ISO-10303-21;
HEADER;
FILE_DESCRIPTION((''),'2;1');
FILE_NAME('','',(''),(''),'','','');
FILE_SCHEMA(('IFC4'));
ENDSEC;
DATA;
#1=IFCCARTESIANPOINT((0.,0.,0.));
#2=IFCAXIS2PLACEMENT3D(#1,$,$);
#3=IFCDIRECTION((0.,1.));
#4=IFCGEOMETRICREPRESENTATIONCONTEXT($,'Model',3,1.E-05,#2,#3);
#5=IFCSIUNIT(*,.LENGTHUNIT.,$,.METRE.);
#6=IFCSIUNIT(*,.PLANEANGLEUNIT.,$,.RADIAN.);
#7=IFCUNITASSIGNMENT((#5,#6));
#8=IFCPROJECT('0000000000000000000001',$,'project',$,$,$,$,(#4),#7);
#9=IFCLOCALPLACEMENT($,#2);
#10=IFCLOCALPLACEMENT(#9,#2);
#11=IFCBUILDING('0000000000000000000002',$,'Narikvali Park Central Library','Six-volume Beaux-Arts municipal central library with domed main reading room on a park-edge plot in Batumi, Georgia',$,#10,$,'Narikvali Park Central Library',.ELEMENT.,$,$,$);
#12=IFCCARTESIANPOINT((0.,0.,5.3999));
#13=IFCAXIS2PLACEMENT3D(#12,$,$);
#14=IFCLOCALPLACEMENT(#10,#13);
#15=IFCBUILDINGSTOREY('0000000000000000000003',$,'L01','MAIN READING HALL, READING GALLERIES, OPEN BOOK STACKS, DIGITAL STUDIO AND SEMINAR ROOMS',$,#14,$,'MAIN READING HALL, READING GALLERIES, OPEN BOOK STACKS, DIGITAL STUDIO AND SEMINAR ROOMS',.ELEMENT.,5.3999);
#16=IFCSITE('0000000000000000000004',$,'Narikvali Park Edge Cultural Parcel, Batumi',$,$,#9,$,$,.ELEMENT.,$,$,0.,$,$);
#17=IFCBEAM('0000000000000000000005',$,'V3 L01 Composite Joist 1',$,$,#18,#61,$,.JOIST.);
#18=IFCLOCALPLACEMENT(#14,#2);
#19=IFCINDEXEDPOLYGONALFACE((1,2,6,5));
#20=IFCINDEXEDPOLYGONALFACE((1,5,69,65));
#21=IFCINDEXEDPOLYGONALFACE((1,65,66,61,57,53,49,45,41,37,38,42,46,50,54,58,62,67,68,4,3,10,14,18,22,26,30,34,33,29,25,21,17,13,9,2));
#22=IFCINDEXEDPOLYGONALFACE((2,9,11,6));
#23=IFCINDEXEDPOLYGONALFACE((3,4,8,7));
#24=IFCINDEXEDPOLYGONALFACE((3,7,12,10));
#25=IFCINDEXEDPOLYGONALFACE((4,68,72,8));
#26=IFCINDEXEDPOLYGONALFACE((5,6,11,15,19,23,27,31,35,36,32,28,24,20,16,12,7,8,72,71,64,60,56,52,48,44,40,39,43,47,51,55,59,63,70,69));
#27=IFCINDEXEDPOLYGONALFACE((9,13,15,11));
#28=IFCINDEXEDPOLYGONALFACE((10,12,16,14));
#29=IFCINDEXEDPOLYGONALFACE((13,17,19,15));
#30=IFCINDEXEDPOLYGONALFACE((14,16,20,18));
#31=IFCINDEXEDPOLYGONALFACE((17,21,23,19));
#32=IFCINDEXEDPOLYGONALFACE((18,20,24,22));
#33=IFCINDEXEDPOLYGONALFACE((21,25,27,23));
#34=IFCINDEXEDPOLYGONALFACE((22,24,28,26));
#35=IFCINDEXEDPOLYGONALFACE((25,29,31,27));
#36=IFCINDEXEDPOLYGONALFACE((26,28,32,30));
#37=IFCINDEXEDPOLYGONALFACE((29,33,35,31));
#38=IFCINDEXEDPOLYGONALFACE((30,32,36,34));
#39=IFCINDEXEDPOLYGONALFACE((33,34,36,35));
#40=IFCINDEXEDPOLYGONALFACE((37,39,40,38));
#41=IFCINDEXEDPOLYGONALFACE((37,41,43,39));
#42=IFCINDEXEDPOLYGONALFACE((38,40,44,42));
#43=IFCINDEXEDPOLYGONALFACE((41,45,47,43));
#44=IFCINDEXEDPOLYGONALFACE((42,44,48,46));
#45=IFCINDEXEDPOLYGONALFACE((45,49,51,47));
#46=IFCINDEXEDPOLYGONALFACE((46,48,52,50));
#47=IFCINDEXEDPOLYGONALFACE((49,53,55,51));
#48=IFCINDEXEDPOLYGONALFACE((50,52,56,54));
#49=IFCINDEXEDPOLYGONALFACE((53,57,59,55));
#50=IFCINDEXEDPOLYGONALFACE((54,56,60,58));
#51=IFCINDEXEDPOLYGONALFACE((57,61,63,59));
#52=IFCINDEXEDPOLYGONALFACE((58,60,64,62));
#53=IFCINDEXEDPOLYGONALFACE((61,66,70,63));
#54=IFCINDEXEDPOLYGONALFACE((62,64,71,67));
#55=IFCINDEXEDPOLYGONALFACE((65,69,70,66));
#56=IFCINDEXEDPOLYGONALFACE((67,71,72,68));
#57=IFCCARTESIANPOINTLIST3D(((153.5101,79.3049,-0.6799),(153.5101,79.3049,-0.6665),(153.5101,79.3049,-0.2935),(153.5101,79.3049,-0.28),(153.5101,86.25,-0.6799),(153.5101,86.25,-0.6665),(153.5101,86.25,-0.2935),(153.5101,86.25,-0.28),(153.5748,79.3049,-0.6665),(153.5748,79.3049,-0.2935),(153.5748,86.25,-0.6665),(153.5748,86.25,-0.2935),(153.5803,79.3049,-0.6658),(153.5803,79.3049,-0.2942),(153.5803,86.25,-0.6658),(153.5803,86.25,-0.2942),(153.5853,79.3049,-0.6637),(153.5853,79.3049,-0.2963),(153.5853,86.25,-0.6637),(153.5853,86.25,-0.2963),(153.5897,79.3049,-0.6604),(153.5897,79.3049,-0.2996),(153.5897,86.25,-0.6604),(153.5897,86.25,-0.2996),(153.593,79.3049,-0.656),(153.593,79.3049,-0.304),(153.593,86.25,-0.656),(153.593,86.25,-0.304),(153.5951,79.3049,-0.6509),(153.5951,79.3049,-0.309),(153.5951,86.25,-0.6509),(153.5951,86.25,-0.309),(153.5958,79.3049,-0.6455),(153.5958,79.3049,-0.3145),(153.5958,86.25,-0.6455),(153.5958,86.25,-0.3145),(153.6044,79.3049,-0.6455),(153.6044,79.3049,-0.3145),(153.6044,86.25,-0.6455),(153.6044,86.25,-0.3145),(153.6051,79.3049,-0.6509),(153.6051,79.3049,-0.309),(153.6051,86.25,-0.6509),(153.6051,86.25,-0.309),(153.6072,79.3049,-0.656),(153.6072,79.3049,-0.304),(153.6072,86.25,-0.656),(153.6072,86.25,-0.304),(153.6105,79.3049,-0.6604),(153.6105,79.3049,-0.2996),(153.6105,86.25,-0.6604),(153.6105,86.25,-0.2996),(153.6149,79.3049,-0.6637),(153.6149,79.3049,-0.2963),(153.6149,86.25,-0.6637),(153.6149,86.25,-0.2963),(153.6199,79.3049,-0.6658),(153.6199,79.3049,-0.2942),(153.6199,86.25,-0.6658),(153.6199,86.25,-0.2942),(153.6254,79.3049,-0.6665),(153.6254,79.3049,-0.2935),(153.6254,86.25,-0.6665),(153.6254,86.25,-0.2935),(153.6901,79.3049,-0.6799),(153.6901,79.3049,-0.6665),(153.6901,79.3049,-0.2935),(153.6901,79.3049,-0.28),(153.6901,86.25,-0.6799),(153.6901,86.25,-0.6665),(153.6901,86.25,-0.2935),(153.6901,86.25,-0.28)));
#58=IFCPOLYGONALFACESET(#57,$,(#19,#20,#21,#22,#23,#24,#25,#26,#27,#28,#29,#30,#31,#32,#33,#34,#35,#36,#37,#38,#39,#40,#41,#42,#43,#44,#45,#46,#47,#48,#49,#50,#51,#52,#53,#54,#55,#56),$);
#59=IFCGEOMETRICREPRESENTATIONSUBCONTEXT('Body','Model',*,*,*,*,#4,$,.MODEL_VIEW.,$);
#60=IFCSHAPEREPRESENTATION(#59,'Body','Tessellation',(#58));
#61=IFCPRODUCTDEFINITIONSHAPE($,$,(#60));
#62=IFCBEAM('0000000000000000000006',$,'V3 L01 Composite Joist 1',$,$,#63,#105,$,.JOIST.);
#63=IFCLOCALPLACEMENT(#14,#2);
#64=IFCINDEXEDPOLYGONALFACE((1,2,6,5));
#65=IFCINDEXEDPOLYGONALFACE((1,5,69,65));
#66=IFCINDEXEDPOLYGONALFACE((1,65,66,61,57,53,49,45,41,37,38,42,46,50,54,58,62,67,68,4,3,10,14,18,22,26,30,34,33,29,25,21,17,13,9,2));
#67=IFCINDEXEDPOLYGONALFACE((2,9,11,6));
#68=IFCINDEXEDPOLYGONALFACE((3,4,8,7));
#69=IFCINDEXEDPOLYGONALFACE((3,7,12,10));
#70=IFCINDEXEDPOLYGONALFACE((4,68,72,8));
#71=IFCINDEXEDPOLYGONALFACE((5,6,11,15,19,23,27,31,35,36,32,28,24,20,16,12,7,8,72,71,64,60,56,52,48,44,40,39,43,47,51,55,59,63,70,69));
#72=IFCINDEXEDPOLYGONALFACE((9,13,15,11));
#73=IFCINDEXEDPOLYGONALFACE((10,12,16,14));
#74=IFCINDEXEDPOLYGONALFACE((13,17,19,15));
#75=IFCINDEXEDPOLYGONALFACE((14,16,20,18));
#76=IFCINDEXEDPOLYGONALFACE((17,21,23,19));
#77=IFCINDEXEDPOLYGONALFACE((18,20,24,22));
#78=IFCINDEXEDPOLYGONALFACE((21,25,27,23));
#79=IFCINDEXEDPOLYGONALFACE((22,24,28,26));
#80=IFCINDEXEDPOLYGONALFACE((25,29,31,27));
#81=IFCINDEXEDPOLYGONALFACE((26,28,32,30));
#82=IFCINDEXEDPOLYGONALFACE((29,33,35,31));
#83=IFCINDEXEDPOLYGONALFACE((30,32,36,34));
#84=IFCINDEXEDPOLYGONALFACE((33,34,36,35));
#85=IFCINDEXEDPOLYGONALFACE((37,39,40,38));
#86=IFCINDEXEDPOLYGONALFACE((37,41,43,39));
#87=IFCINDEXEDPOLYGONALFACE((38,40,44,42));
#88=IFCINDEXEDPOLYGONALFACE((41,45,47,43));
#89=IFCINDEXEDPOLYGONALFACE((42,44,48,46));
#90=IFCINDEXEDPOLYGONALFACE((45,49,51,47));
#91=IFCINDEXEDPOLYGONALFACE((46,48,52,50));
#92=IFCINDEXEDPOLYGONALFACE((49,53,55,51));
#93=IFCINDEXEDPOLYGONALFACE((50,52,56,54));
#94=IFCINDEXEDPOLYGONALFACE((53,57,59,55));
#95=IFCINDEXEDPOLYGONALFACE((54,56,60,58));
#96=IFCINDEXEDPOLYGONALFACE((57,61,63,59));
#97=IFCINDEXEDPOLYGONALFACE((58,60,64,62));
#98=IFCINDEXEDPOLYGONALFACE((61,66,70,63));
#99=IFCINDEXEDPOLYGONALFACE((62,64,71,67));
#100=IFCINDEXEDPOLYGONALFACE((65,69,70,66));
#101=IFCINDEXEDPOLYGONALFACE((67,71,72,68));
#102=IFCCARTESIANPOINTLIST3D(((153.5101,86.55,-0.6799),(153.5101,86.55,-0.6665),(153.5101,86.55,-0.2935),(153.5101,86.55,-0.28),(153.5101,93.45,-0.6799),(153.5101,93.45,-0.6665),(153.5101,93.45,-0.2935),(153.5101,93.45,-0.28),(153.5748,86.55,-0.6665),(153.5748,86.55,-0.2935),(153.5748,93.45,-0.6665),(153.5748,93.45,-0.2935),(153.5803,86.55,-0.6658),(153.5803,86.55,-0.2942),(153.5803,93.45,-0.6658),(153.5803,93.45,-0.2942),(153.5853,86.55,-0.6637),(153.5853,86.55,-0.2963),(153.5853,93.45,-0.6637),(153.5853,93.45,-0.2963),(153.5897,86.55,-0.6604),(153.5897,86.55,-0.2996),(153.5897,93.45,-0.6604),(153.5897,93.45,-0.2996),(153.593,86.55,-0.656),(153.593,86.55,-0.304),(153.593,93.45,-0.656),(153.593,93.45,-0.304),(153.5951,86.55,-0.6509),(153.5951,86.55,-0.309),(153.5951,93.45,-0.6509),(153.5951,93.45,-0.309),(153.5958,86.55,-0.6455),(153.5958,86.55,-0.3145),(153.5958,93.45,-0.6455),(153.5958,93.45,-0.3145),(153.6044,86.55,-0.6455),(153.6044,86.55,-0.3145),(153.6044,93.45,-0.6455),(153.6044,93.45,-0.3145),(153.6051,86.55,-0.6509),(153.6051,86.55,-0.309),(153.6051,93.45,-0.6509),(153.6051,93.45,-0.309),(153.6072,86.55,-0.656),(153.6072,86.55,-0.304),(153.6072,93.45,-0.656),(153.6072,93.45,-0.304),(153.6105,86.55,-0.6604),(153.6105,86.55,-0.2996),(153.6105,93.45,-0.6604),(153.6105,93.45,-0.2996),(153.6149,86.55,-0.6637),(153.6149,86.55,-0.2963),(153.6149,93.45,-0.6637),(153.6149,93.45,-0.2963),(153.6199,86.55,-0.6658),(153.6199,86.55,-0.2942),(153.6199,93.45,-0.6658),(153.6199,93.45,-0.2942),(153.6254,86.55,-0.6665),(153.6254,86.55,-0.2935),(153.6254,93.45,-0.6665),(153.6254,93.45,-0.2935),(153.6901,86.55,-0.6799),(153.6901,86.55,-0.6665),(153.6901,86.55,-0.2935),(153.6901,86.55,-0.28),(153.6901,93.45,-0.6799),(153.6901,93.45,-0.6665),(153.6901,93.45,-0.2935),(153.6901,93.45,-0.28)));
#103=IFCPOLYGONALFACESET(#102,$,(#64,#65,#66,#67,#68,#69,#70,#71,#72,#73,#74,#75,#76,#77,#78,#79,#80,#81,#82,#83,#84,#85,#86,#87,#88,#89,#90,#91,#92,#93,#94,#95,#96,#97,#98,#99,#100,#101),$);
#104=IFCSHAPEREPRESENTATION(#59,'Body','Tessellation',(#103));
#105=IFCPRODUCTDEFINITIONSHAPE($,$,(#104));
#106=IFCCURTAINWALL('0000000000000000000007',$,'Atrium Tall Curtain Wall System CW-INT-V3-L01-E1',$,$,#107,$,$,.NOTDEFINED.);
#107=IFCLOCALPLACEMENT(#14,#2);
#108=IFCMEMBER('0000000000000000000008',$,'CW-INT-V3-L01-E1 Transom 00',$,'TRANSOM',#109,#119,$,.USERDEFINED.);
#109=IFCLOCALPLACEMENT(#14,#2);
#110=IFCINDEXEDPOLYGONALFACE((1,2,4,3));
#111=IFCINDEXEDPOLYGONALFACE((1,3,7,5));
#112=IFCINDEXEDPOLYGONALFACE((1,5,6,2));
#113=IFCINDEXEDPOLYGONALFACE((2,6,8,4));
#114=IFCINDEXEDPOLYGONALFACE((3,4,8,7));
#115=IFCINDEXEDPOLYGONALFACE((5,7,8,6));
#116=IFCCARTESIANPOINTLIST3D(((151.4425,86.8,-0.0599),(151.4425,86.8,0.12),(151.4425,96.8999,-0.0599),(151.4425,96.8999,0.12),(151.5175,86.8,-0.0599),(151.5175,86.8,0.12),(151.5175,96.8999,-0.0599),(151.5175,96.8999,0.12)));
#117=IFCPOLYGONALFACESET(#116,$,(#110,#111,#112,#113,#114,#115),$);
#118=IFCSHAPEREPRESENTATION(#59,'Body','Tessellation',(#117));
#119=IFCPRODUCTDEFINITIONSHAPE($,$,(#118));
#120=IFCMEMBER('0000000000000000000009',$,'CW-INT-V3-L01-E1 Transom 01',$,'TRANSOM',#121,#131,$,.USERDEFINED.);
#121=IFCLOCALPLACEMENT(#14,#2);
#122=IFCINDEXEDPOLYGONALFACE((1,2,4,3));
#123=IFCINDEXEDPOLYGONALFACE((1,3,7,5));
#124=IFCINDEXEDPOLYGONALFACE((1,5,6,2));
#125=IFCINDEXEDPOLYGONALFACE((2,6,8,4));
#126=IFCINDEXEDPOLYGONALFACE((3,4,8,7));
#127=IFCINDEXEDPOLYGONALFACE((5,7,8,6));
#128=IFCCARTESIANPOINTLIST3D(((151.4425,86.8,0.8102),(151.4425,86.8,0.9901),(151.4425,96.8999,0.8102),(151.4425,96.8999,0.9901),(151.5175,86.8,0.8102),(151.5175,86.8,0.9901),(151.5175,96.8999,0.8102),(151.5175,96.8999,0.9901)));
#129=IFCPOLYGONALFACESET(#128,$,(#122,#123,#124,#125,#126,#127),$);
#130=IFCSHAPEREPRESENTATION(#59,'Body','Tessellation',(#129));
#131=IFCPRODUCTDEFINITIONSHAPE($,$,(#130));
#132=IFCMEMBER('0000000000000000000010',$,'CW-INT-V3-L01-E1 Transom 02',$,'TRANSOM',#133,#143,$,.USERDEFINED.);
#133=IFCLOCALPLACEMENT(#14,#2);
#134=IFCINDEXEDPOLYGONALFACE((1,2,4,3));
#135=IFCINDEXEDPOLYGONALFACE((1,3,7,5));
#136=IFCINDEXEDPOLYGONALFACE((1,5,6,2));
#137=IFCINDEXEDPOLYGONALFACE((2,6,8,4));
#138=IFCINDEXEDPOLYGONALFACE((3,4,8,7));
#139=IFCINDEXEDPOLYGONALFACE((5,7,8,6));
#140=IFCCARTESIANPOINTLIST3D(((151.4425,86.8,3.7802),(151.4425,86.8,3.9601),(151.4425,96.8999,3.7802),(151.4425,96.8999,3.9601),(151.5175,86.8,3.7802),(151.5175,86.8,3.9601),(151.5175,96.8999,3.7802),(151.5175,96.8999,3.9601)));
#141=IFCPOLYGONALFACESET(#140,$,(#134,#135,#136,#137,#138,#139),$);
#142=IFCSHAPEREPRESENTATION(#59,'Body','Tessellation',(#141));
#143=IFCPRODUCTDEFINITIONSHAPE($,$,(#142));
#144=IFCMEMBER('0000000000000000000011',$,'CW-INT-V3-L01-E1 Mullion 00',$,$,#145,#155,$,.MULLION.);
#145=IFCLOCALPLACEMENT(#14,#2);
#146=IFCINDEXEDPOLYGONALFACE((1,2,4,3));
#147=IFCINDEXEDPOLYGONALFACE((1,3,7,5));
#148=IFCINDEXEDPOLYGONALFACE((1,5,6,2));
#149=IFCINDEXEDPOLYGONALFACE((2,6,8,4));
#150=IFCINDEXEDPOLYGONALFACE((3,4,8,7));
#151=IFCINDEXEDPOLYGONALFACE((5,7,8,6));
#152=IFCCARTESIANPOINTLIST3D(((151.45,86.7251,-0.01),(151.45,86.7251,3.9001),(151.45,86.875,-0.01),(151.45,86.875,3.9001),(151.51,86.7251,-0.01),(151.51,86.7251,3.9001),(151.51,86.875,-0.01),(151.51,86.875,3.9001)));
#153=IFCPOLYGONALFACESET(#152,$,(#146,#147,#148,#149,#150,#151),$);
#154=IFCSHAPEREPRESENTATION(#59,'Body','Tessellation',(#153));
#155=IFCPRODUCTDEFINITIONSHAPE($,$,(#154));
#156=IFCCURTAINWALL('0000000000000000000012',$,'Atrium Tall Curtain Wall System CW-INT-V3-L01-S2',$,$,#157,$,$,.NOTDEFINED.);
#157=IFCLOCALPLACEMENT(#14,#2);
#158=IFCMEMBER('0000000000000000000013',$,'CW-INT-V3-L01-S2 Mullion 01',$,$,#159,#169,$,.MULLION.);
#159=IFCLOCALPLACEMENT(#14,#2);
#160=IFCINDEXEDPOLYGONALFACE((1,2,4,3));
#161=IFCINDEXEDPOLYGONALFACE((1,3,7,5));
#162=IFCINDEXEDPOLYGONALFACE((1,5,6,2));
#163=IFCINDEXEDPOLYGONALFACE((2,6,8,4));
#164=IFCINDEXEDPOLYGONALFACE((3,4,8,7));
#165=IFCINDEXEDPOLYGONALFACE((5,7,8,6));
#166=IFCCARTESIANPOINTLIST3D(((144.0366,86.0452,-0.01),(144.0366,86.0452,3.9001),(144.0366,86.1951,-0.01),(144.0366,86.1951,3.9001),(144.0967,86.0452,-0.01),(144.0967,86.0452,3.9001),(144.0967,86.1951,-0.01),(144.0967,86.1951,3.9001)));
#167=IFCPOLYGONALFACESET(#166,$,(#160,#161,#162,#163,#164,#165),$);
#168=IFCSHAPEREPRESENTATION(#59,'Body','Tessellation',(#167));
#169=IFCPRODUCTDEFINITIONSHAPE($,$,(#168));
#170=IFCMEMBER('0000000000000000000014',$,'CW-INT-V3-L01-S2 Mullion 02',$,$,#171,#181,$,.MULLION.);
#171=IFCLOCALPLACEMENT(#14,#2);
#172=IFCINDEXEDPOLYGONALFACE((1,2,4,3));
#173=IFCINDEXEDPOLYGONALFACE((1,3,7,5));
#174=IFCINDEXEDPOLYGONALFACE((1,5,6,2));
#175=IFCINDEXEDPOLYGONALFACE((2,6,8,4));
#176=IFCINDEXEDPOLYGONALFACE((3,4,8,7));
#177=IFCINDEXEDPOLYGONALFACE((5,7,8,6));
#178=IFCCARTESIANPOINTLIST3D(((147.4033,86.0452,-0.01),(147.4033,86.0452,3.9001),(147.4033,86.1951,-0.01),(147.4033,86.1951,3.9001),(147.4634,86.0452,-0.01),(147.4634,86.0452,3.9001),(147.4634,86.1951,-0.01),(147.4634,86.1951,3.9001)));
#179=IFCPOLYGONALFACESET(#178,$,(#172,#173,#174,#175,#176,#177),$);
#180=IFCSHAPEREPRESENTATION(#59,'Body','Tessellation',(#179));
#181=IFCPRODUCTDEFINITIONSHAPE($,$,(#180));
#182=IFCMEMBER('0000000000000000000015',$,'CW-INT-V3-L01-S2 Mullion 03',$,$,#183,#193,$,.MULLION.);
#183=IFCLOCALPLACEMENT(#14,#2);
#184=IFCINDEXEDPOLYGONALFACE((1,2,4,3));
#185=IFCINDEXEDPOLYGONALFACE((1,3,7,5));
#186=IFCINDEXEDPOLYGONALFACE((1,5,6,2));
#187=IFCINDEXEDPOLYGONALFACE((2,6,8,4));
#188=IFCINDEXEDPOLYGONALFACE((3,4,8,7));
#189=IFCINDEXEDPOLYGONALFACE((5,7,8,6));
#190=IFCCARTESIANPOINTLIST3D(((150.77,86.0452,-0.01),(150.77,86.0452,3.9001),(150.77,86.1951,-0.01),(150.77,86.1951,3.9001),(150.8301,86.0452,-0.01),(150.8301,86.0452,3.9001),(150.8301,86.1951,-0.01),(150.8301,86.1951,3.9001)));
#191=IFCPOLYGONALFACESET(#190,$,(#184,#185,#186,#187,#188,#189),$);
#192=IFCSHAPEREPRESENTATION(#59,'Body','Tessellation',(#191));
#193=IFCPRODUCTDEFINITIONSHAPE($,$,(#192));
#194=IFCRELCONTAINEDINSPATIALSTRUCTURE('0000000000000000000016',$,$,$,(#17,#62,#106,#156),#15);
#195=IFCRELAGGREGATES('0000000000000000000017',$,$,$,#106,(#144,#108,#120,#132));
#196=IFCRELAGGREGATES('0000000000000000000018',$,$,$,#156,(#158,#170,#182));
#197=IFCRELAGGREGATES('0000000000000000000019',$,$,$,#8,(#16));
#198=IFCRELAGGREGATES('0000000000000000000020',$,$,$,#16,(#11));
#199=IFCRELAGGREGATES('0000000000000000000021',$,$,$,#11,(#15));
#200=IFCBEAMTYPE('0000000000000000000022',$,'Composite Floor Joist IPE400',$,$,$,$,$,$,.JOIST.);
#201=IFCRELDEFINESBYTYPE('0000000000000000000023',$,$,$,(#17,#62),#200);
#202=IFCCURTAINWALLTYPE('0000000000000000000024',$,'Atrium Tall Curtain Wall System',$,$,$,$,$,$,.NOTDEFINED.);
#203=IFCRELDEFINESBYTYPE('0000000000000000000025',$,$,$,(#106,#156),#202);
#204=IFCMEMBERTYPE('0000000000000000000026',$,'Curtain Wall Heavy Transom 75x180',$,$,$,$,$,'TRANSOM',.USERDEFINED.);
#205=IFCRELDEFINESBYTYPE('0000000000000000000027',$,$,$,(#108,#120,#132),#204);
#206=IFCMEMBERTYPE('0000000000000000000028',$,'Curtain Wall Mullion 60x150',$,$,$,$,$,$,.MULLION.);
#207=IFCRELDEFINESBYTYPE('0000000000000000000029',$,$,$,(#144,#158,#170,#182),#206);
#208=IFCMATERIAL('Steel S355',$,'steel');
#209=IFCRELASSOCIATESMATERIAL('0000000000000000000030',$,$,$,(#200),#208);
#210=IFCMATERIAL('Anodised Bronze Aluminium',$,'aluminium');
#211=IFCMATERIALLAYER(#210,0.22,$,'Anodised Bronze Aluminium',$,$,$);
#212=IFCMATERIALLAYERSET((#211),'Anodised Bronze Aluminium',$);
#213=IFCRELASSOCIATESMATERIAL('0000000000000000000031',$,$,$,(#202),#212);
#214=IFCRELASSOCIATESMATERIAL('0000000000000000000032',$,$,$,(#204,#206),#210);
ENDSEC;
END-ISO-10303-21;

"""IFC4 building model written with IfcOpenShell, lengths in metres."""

from ifc_helpers import new_model, si_unit, direction, frame, origin, origin_2d, place, context, subcontext, project, spatial, rectangle, i_section, extrude, material, layer, layer_set, material_profile, profile_set, type_object, element, aggregate, save


model = new_model("IFC4")

# Units and contexts
model_context = context("Model", 3, precision=1e-05, world=origin(), true_north=direction((0.0, 1.0)))
body_context = subcontext(model_context, "Body", "Model", "MODEL_VIEW")
ifc_project = project(units=[si_unit("LENGTHUNIT", "METRE"), si_unit("PLANEANGLEUNIT", "RADIAN")], contexts=[model_context])

# Site, building, storey
site_placement = place(None, origin())
site = spatial("IfcSite", under=ifc_project, at=site_placement, Name="Narikvali Park Edge Cultural Parcel, Batumi", CompositionType="ELEMENT", RefElevation=0.0)
building_placement = place(site_placement, origin())
building = spatial("IfcBuilding", under=site, at=building_placement, Name="Narikvali Park Central Library", Description="Six-volume Beaux-Arts municipal central library with domed main reading room on a park-edge plot in Batumi, Georgia", LongName="Narikvali Park Central Library", CompositionType="ELEMENT")
storey_placement = place(building_placement, frame((0.0, 0.0, 5.3999)))
storey = spatial("IfcBuildingStorey", under=building, at=storey_placement, Name="L01", Description="MAIN READING HALL, READING GALLERIES, OPEN BOOK STACKS, DIGITAL STUDIO AND SEMINAR ROOMS", LongName="MAIN READING HALL, READING GALLERIES, OPEN BOOK STACKS, DIGITAL STUDIO AND SEMINAR ROOMS", CompositionType="ELEMENT", Elevation=5.3999)

# Shared definitions
ifc_material_1 = material(Name="Steel S355", Category="steel")

# Beams
ifc_material_profile_1 = material_profile(ifc_material_1, i_section(OverallWidth=0.1799, OverallDepth=0.3999, WebThickness=0.0085, FlangeThickness=0.0134, FilletRadius=0.021, at=origin_2d()), Name="IPE 400")
ifc_profile_set_1 = profile_set([ifc_material_profile_1], Name="Steel S355")
beam_type_1 = type_object("IfcBeamType", Name="Composite Floor Joist IPE400", PredefinedType="JOIST", material=ifc_profile_set_1)
beam_1_placement = place(storey_placement, frame((153.6001, 79.3049, -0.48), z_axis=(0.0, 1.0, 0.0), x_axis=(-1.0, 0.0, 0.0)))
element("IfcBeam", 1, at=beam_1_placement, inside=storey, type_object=beam_type_1, Name="V3 L01 Composite Joist 1", PredefinedType="JOIST", context=body_context, shape_type="SweptSolid", body=[
    extrude(i_section(OverallWidth=0.1799, OverallDepth=0.3999, WebThickness=0.0085, FlangeThickness=0.0134, FilletRadius=0.021, at=origin_2d()), origin(), (0.0, 0.0, 1.0), 6.9451),
])
beam_2_placement = place(storey_placement, frame((153.6001, 86.55, -0.48), z_axis=(0.0, 1.0, 0.0), x_axis=(-1.0, 0.0, 0.0)))
element("IfcBeam", 2, at=beam_2_placement, inside=storey, type_object=beam_type_1, Name="V3 L01 Composite Joist 1", PredefinedType="JOIST", context=body_context, shape_type="SweptSolid", body=[
    extrude(i_section(OverallWidth=0.1799, OverallDepth=0.3999, WebThickness=0.0085, FlangeThickness=0.0134, FilletRadius=0.021, at=origin_2d()), origin(), (0.0, 0.0, 1.0), 6.8999),
])

# Curtain walls, members
ifc_material_2 = material(Name="Anodised Bronze Aluminium", Category="aluminium")
ifc_layer_1 = layer(ifc_material_2, 0.22, Name="Anodised Bronze Aluminium")
ifc_layer_set_1 = layer_set([ifc_layer_1], Name="Anodised Bronze Aluminium")
curtain_wall_type_1 = type_object("IfcCurtainWallType", Name="Atrium Tall Curtain Wall System", PredefinedType="NOTDEFINED", material=ifc_layer_set_1)
curtain_wall_1_placement = place(storey_placement, origin())
curtain_wall_1 = element("IfcCurtainWall", 3, at=curtain_wall_1_placement, inside=storey, type_object=curtain_wall_type_1, Name="Atrium Tall Curtain Wall System CW-INT-V3-L01-E1", PredefinedType="NOTDEFINED")
ifc_material_profile_2 = material_profile(ifc_material_2, rectangle(XDim=0.075, YDim=0.1799, at=origin_2d()), Name="CW TRANSOM 75x180")
ifc_profile_set_2 = profile_set([ifc_material_profile_2], Name="Anodised Bronze Aluminium")
member_type_1 = type_object("IfcMemberType", Name="Curtain Wall Heavy Transom 75x180", ElementType="TRANSOM", PredefinedType="USERDEFINED", material=ifc_profile_set_2)
member_1_placement = place(storey_placement, frame((151.48, 86.8, 0.03), z_axis=(0.0, 1.0, 0.0), x_axis=(-1.0, 0.0, 0.0)))
member_1 = element("IfcMember", 4, at=member_1_placement, type_object=member_type_1, Name="CW-INT-V3-L01-E1 Transom 00", ObjectType="TRANSOM", PredefinedType="USERDEFINED", context=body_context, shape_type="SweptSolid", body=[
    extrude(rectangle(XDim=0.075, YDim=0.1799, at=origin_2d()), origin(), (0.0, 0.0, 1.0), 10.0999),
])
member_2_placement = place(storey_placement, frame((151.48, 86.8, 0.9001), z_axis=(0.0, 1.0, 0.0), x_axis=(-1.0, 0.0, 0.0)))
member_2 = element("IfcMember", 5, at=member_2_placement, type_object=member_type_1, Name="CW-INT-V3-L01-E1 Transom 01", ObjectType="TRANSOM", PredefinedType="USERDEFINED", context=body_context, shape_type="SweptSolid", body=[
    extrude(rectangle(XDim=0.075, YDim=0.1799, at=origin_2d()), origin(), (0.0, 0.0, 1.0), 10.0999),
])
member_3_placement = place(storey_placement, frame((151.48, 86.8, 3.8701), z_axis=(0.0, 1.0, 0.0), x_axis=(-1.0, 0.0, 0.0)))
member_3 = element("IfcMember", 6, at=member_3_placement, type_object=member_type_1, Name="CW-INT-V3-L01-E1 Transom 02", ObjectType="TRANSOM", PredefinedType="USERDEFINED", context=body_context, shape_type="SweptSolid", body=[
    extrude(rectangle(XDim=0.075, YDim=0.1799, at=origin_2d()), origin(), (0.0, 0.0, 1.0), 10.0999),
])
ifc_material_profile_3 = material_profile(ifc_material_2, rectangle(XDim=0.0601, YDim=0.1499, at=origin_2d()), Name="CW MULLION 60x150")
ifc_profile_set_3 = profile_set([ifc_material_profile_3], Name="Anodised Bronze Aluminium")
member_type_2 = type_object("IfcMemberType", Name="Curtain Wall Mullion 60x150", PredefinedType="MULLION", material=ifc_profile_set_3)
member_4_placement = place(storey_placement, frame((151.48, 86.8, -0.01), z_axis=(0.0, 0.0, 1.0), x_axis=(1.0, 0.0, 0.0)))
member_4 = element("IfcMember", 7, at=member_4_placement, type_object=member_type_2, Name="CW-INT-V3-L01-E1 Mullion 00", PredefinedType="MULLION", context=body_context, shape_type="SweptSolid", body=[
    extrude(rectangle(XDim=0.0601, YDim=0.1499, at=origin_2d()), origin(), (0.0, 0.0, 1.0), 3.9102),
])
aggregate(curtain_wall_1, [member_4, member_1, member_2, member_3])
curtain_wall_2_placement = place(storey_placement, origin())
curtain_wall_2 = element("IfcCurtainWall", 8, at=curtain_wall_2_placement, inside=storey, type_object=curtain_wall_type_1, Name="Atrium Tall Curtain Wall System CW-INT-V3-L01-S2", PredefinedType="NOTDEFINED")
member_5_placement = place(storey_placement, frame((144.0667, 86.1201, -0.01), z_axis=(0.0, 0.0, 1.0), x_axis=(1.0, 0.0, 0.0)))
member_5 = element("IfcMember", 9, at=member_5_placement, type_object=member_type_2, Name="CW-INT-V3-L01-S2 Mullion 01", PredefinedType="MULLION", context=body_context, shape_type="SweptSolid", body=[
    extrude(rectangle(XDim=0.0601, YDim=0.1499, at=origin_2d()), origin(), (0.0, 0.0, 1.0), 3.9102),
])
member_6_placement = place(storey_placement, frame((147.4333, 86.1201, -0.01), z_axis=(0.0, 0.0, 1.0), x_axis=(1.0, 0.0, 0.0)))
member_6 = element("IfcMember", 10, at=member_6_placement, type_object=member_type_2, Name="CW-INT-V3-L01-S2 Mullion 02", PredefinedType="MULLION", context=body_context, shape_type="SweptSolid", body=[
    extrude(rectangle(XDim=0.0601, YDim=0.1499, at=origin_2d()), origin(), (0.0, 0.0, 1.0), 3.9102),
])
member_7_placement = place(storey_placement, frame((150.8, 86.1201, -0.01), z_axis=(0.0, 0.0, 1.0), x_axis=(1.0, 0.0, 0.0)))
member_7 = element("IfcMember", 11, at=member_7_placement, type_object=member_type_2, Name="CW-INT-V3-L01-S2 Mullion 03", PredefinedType="MULLION", context=body_context, shape_type="SweptSolid", body=[
    extrude(rectangle(XDim=0.0601, YDim=0.1499, at=origin_2d()), origin(), (0.0, 0.0, 1.0), 3.9102),
])

aggregate(curtain_wall_2, [member_5, member_6, member_7])

save(model, "model.ifc")
